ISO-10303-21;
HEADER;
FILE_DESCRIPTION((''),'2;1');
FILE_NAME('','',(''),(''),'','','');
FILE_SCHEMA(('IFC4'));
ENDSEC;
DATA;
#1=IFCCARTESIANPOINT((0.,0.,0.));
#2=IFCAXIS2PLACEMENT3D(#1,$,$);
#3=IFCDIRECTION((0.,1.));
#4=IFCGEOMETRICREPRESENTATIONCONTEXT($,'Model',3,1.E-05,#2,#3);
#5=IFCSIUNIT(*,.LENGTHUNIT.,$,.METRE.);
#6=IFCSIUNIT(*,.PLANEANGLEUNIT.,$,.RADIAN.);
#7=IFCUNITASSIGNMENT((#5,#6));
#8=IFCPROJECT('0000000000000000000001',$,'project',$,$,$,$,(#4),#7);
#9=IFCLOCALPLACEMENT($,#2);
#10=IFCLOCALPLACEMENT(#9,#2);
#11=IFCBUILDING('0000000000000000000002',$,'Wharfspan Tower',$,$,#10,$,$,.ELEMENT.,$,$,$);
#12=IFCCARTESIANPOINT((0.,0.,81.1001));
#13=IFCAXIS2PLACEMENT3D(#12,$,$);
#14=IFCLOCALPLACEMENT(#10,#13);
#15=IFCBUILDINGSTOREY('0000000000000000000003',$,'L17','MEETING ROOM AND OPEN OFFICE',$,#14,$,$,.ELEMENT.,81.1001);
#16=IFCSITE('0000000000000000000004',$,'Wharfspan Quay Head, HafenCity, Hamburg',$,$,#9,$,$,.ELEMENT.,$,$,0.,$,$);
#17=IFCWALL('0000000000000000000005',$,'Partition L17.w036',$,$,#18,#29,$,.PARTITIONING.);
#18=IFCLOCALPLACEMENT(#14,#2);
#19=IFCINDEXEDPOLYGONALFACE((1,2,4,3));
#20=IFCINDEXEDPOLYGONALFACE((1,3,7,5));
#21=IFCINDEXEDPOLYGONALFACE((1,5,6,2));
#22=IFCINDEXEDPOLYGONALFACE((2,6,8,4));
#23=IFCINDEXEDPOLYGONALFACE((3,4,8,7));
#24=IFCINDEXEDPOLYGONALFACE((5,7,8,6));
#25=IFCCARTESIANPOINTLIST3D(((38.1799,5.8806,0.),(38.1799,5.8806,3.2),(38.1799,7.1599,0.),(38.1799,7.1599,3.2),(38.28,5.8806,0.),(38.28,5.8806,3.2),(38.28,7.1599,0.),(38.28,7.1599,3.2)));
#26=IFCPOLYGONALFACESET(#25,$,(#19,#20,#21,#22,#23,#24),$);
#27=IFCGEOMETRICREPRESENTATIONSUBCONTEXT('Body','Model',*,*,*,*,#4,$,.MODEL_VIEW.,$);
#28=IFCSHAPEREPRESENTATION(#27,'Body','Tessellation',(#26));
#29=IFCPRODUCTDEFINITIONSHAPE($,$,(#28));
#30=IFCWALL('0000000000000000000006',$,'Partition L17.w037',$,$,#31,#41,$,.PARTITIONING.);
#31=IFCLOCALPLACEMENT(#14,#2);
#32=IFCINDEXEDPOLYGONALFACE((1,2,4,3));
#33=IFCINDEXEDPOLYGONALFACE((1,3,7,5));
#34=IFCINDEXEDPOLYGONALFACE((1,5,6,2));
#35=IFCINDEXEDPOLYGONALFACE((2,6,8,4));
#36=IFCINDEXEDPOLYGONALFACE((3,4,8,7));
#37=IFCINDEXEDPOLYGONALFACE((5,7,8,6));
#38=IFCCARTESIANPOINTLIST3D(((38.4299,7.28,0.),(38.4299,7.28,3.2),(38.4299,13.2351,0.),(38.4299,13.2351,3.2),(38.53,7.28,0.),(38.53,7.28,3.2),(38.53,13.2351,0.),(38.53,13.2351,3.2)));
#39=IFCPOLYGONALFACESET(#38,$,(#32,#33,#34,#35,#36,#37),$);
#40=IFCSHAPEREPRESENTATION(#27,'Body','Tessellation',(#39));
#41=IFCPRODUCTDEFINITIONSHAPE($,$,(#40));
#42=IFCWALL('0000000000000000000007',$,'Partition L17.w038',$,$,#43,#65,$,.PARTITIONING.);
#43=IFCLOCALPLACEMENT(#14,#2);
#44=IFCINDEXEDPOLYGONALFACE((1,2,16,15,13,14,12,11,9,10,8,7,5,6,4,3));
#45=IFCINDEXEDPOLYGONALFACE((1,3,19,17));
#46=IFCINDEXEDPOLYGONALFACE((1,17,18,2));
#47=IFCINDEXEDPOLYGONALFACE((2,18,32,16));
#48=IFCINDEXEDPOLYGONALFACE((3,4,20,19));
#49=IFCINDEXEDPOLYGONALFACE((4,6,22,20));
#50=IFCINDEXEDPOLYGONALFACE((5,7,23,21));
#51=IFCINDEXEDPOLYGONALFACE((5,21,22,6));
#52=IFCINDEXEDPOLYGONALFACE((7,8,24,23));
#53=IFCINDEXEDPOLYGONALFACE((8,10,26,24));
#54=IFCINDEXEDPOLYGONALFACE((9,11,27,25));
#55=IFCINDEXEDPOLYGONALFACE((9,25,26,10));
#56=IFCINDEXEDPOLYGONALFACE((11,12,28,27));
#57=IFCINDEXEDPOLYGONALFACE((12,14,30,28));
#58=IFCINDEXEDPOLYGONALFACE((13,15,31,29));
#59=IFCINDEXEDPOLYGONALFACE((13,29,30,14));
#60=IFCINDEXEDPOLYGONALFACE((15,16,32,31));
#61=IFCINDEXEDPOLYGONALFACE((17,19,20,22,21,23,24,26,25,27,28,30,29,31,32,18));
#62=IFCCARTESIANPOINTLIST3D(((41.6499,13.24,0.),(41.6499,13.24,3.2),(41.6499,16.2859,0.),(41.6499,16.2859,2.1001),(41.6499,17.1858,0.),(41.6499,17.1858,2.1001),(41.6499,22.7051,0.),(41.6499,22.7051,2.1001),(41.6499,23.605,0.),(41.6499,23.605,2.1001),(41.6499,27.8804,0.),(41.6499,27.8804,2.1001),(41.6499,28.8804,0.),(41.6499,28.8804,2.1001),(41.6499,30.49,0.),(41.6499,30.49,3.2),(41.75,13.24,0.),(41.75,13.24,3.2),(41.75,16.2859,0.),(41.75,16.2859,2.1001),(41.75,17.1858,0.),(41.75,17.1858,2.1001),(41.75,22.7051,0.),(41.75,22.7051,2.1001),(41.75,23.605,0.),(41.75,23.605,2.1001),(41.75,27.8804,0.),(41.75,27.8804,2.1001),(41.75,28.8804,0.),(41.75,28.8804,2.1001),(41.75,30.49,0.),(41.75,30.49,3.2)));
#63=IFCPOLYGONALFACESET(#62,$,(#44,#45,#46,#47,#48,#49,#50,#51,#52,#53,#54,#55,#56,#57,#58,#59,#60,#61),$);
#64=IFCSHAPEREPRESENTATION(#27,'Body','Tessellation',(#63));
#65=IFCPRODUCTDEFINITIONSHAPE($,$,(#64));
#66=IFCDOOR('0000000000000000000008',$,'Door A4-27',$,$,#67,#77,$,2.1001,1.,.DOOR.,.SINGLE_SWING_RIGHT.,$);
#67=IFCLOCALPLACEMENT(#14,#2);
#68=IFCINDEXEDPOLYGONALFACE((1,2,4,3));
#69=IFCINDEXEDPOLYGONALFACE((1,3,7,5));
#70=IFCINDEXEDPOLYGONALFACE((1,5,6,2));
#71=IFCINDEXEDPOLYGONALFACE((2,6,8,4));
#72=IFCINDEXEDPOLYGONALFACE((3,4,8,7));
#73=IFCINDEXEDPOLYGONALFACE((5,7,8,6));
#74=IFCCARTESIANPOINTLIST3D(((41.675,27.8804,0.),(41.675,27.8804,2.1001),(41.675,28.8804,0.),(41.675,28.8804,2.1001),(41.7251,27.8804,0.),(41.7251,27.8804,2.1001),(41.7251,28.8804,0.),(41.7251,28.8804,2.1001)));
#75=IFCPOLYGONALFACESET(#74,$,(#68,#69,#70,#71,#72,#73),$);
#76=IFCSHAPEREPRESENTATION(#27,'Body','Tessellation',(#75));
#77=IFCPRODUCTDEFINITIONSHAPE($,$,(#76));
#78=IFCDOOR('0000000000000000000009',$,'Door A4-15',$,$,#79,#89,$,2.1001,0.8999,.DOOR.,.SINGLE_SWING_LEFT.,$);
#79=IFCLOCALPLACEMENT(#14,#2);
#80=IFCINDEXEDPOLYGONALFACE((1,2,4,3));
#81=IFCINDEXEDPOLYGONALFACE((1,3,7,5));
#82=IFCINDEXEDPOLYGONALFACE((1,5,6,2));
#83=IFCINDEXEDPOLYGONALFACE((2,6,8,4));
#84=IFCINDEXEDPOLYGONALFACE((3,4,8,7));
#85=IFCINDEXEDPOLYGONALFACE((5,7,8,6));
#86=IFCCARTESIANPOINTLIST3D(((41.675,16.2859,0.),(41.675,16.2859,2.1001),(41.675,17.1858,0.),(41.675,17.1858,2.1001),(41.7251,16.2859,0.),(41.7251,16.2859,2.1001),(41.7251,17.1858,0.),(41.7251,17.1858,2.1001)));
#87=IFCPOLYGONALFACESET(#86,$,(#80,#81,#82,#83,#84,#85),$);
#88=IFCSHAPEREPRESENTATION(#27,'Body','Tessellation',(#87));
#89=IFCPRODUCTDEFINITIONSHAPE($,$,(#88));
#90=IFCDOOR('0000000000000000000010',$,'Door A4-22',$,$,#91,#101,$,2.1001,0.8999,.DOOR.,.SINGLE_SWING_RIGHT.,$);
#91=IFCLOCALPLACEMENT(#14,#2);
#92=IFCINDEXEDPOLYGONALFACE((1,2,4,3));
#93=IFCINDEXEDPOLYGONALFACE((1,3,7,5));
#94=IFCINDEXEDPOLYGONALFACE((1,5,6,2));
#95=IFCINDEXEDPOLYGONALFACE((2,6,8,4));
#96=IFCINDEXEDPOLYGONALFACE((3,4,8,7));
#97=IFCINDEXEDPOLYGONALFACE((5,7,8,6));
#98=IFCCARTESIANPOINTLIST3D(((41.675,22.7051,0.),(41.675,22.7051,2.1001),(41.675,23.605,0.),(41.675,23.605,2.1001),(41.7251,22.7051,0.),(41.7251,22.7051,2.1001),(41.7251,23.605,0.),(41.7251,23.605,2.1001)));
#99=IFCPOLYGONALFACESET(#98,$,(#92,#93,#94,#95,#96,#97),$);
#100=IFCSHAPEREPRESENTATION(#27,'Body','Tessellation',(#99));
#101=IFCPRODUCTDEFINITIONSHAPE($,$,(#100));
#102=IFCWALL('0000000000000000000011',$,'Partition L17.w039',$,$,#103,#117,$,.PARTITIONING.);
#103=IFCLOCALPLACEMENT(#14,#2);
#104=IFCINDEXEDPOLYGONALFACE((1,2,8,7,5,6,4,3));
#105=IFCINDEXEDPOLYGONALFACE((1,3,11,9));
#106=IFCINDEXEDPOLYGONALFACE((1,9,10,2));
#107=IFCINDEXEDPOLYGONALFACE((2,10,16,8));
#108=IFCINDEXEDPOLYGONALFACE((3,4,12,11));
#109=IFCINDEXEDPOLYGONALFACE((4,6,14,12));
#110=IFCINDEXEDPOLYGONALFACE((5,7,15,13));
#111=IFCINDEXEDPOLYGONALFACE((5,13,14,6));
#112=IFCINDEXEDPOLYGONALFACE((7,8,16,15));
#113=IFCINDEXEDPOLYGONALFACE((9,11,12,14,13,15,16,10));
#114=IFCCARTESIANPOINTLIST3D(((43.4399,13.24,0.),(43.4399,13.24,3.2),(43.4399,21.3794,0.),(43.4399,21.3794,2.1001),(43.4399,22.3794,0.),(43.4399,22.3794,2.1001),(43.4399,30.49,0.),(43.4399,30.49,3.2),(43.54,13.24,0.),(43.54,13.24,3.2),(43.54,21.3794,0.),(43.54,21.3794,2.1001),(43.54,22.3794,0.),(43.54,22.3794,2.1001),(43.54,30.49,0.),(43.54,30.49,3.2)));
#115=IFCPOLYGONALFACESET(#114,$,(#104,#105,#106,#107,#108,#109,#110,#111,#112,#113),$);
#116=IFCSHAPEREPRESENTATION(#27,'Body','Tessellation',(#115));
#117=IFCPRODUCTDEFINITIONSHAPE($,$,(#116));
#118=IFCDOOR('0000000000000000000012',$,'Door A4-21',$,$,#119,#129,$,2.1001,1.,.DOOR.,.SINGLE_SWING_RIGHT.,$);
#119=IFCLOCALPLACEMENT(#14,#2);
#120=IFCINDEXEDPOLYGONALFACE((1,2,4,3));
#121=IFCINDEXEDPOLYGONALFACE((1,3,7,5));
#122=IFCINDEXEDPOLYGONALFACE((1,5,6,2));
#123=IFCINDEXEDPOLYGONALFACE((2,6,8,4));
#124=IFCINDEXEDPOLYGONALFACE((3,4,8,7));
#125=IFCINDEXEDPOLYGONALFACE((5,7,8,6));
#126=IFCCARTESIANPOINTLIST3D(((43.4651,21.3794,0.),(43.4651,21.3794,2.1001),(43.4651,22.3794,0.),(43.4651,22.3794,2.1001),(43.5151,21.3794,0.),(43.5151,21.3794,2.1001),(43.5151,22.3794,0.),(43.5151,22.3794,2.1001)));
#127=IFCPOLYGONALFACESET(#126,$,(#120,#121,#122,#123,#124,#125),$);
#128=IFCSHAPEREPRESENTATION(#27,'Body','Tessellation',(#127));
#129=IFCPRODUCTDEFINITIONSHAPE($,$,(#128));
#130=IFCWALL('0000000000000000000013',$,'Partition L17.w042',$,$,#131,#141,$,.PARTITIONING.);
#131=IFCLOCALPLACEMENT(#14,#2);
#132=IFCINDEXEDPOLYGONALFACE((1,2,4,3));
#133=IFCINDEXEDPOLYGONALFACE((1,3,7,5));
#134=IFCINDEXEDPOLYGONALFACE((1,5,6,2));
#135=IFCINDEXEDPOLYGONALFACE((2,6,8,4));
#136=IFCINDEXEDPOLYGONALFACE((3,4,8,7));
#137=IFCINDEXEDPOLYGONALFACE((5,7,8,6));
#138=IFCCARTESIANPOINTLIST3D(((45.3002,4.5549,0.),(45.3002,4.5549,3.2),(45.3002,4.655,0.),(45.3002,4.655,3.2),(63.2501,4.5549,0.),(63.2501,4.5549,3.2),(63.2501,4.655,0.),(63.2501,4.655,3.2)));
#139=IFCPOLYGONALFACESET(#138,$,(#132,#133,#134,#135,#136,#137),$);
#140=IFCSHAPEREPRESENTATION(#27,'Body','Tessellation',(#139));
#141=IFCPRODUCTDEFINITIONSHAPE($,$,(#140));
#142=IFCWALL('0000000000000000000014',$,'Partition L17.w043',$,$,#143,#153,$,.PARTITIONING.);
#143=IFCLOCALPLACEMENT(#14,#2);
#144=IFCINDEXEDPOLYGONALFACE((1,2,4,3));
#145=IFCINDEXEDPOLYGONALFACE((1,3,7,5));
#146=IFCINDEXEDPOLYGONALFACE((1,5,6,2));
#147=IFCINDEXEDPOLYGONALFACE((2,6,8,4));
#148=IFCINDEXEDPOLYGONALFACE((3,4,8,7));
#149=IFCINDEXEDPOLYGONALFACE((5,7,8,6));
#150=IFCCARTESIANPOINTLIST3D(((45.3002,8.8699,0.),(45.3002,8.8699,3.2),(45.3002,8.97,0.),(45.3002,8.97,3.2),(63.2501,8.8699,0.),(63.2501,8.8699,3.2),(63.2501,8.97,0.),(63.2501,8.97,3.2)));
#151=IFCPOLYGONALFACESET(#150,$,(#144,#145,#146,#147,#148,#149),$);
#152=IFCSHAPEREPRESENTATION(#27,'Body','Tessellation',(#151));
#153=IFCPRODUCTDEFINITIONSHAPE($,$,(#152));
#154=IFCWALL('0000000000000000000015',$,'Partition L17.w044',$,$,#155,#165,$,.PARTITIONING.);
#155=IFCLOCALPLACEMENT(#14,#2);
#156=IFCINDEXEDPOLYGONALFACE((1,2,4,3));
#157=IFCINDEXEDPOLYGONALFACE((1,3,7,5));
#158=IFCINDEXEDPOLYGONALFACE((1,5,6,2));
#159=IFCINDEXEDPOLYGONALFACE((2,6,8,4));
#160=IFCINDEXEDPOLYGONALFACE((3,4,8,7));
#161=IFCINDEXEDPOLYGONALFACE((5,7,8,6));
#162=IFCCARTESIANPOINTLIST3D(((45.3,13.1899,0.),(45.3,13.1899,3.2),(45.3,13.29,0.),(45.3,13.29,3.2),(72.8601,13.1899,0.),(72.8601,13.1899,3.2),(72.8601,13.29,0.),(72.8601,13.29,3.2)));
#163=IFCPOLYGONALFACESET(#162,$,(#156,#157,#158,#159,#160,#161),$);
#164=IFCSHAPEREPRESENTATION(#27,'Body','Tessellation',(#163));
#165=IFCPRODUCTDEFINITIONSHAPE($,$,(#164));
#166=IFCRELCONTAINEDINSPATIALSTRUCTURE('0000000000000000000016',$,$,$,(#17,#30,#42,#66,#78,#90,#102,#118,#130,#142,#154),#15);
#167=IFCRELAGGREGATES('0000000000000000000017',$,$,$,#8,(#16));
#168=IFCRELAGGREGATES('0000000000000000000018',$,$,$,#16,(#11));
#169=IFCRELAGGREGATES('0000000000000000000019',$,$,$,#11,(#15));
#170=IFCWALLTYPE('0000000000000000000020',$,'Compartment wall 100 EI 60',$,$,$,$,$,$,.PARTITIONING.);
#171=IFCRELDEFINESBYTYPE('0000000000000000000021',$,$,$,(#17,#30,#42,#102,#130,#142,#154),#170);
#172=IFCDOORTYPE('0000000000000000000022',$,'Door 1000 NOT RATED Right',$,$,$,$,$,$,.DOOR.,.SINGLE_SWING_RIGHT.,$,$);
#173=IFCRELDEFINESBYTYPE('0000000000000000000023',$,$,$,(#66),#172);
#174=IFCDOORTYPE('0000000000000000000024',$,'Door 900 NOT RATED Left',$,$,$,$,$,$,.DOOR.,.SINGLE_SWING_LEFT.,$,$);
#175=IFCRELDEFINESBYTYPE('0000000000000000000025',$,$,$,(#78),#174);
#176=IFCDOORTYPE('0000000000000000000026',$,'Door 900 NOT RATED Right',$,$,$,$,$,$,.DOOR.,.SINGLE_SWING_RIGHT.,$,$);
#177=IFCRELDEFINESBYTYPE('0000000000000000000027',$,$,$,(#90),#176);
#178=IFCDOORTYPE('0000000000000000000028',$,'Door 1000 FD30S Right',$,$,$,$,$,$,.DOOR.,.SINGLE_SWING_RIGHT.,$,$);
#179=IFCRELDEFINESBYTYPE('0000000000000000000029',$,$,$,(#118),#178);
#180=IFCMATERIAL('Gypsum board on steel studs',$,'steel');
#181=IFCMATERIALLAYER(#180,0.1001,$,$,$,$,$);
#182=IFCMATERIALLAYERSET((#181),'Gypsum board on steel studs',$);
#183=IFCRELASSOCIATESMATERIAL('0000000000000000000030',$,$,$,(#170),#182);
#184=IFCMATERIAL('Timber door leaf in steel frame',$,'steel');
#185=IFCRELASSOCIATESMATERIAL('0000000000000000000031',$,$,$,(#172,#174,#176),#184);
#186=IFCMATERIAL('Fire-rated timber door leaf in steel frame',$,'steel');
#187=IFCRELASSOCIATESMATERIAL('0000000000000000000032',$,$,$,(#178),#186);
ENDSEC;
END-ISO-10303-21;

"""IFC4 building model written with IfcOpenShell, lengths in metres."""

from ifc_helpers import new_model, si_unit, direction, frame, frame_2d, origin, place, context, subcontext, project, spatial, rectangle, extrude, material, layer, layer_set, type_object, element, fill, save


model = new_model("IFC4")

# Units and contexts
model_context = context("Model", 3, precision=1e-05, world=origin(), true_north=direction((0.0, 1.0)))
body_context = subcontext(model_context, "Body", "Model", "MODEL_VIEW")
ifc_project = project(units=[si_unit("LENGTHUNIT", "METRE"), si_unit("PLANEANGLEUNIT", "RADIAN")], contexts=[model_context])

# Site, building, storey
site_placement = place(None, origin())
site = spatial("IfcSite", under=ifc_project, at=site_placement, Name="Wharfspan Quay Head, HafenCity, Hamburg", CompositionType="ELEMENT", RefElevation=0.0)
building_placement = place(site_placement, origin())
building = spatial("IfcBuilding", under=site, at=building_placement, Name="Wharfspan Tower", CompositionType="ELEMENT")
storey_placement = place(building_placement, frame((0.0, 0.0, 81.1001)))
storey = spatial("IfcBuildingStorey", under=building, at=storey_placement, Name="L17", Description="MEETING ROOM AND OPEN OFFICE", CompositionType="ELEMENT", Elevation=81.1001)

# Walls
ifc_material_1 = material(Name="Gypsum board on steel studs", Category="steel")
ifc_layer = layer(ifc_material_1, 0.1001)
ifc_layer_set = layer_set([ifc_layer], Name="Gypsum board on steel studs")
wall_type = type_object("IfcWallType", Name="Compartment wall 100 EI 60", PredefinedType="PARTITIONING", material=ifc_layer_set)
wall_1_placement = place(storey_placement, frame((38.23, 5.8806, 0.0), z_axis=(0.0, 0.0, 1.0), x_axis=(0.0, 1.0, 0.0)))
element("IfcWall", 1, at=wall_1_placement, inside=storey, type_object=wall_type, Name="Partition L17.w036", PredefinedType="PARTITIONING", context=body_context, shape_type="SweptSolid", body=[
    extrude(rectangle(XDim=1.2793, YDim=0.1001, at=frame_2d((0.6396, 0.0))), origin(), (0.0, 0.0, 1.0), 3.2),
])
wall_2_placement = place(storey_placement, frame((38.48, 7.28, 0.0), z_axis=(0.0, 0.0, 1.0), x_axis=(0.0, 1.0, 0.0)))
element("IfcWall", 2, at=wall_2_placement, inside=storey, type_object=wall_type, Name="Partition L17.w037", PredefinedType="PARTITIONING", context=body_context, shape_type="SweptSolid", body=[
    extrude(rectangle(XDim=5.9551, YDim=0.1001, at=frame_2d((2.9775, 0.0))), origin(), (0.0, 0.0, 1.0), 3.2),
])

# Wall, openings, doors
wall_3_placement = place(storey_placement, frame((41.7, 13.24, 0.0), z_axis=(0.0, 0.0, 1.0), x_axis=(0.0, 1.0, 0.0)))
wall_3 = element("IfcWall", 3, at=wall_3_placement, inside=storey, type_object=wall_type, Name="Partition L17.w038", PredefinedType="PARTITIONING", context=body_context, shape_type="SweptSolid", body=[
    extrude(rectangle(XDim=17.25, YDim=0.1001, at=frame_2d((8.625, 0.0))), origin(), (0.0, 0.0, 1.0), 3.2),
])
opening_1_placement = place(wall_3_placement, frame((3.0459, 0.0, 0.0)))
opening_1 = element("IfcOpeningElement", 4, at=opening_1_placement, cuts=wall_3, PredefinedType="OPENING", context=body_context, shape_type="SweptSolid", body=[
    extrude(rectangle(XDim=0.8999, YDim=2.1001, at=frame_2d((0.45, 1.05))), frame((0.0, 0.0601, 0.0), z_axis=(0.0, -1.0, 0.0), x_axis=(1.0, 0.0, 0.0)), (0.0, 0.0, 1.0), 0.1201),
])
opening_2_placement = place(wall_3_placement, frame((9.4651, 0.0, 0.0)))
opening_2 = element("IfcOpeningElement", 5, at=opening_2_placement, cuts=wall_3, PredefinedType="OPENING", context=body_context, shape_type="SweptSolid", body=[
    extrude(rectangle(XDim=0.8999, YDim=2.1001, at=frame_2d((0.45, 1.05))), frame((0.0, 0.0601, 0.0), z_axis=(0.0, -1.0, 0.0), x_axis=(1.0, 0.0, 0.0)), (0.0, 0.0, 1.0), 0.1201),
])
opening_3_placement = place(wall_3_placement, frame((14.6404, 0.0, 0.0)))
opening_3 = element("IfcOpeningElement", 6, at=opening_3_placement, cuts=wall_3, PredefinedType="OPENING", context=body_context, shape_type="SweptSolid", body=[
    extrude(rectangle(XDim=1.0, YDim=2.1001, at=frame_2d((0.5, 1.05))), frame((0.0, 0.0601, 0.0), z_axis=(0.0, -1.0, 0.0), x_axis=(1.0, 0.0, 0.0)), (0.0, 0.0, 1.0), 0.1201),
])
ifc_material_2 = material(Name="Timber door leaf in steel frame", Category="steel")
door_type_1 = type_object("IfcDoorType", Name="Door 1000 NOT RATED Right", OperationType="SINGLE_SWING_RIGHT", PredefinedType="DOOR", material=ifc_material_2)
door_1_placement = place(opening_3_placement, origin())
door_1 = element("IfcDoor", 7, at=door_1_placement, inside=storey, type_object=door_type_1, Name="Door A4-27", OperationType="SINGLE_SWING_RIGHT", OverallHeight=2.1001, OverallWidth=1.0, PredefinedType="DOOR", context=body_context, shape_type="SweptSolid", body=[
    extrude(rectangle(XDim=1.0, YDim=2.1001, at=frame_2d((0.5, 1.05))), frame((0.0, 0.0249, 0.0), z_axis=(0.0, -1.0, 0.0), x_axis=(1.0, 0.0, 0.0)), (0.0, 0.0, 1.0), 0.05),
])
fill(opening_3, door_1)
door_type_2 = type_object("IfcDoorType", Name="Door 900 NOT RATED Left", OperationType="SINGLE_SWING_LEFT", PredefinedType="DOOR", material=ifc_material_2)
door_2_placement = place(opening_1_placement, origin())
door_2 = element("IfcDoor", 8, at=door_2_placement, inside=storey, type_object=door_type_2, Name="Door A4-15", OperationType="SINGLE_SWING_LEFT", OverallHeight=2.1001, OverallWidth=0.8999, PredefinedType="DOOR", context=body_context, shape_type="SweptSolid", body=[
    extrude(rectangle(XDim=0.8999, YDim=2.1001, at=frame_2d((0.45, 1.05))), frame((0.0, 0.0249, 0.0), z_axis=(0.0, -1.0, 0.0), x_axis=(1.0, 0.0, 0.0)), (0.0, 0.0, 1.0), 0.05),
])
fill(opening_1, door_2)
door_type_3 = type_object("IfcDoorType", Name="Door 900 NOT RATED Right", OperationType="SINGLE_SWING_RIGHT", PredefinedType="DOOR", material=ifc_material_2)
door_3_placement = place(opening_2_placement, origin())
door_3 = element("IfcDoor", 9, at=door_3_placement, inside=storey, type_object=door_type_3, Name="Door A4-22", OperationType="SINGLE_SWING_RIGHT", OverallHeight=2.1001, OverallWidth=0.8999, PredefinedType="DOOR", context=body_context, shape_type="SweptSolid", body=[
    extrude(rectangle(XDim=0.8999, YDim=2.1001, at=frame_2d((0.45, 1.05))), frame((0.0, 0.0249, 0.0), z_axis=(0.0, -1.0, 0.0), x_axis=(1.0, 0.0, 0.0)), (0.0, 0.0, 1.0), 0.05),
])
fill(opening_2, door_3)

# Wall, opening, door
wall_4_placement = place(storey_placement, frame((43.49, 13.24, 0.0), z_axis=(0.0, 0.0, 1.0), x_axis=(0.0, 1.0, 0.0)))
wall_4 = element("IfcWall", 10, at=wall_4_placement, inside=storey, type_object=wall_type, Name="Partition L17.w039", PredefinedType="PARTITIONING", context=body_context, shape_type="SweptSolid", body=[
    extrude(rectangle(XDim=17.25, YDim=0.1001, at=frame_2d((8.625, 0.0))), origin(), (0.0, 0.0, 1.0), 3.2),
])
opening_4_placement = place(wall_4_placement, frame((8.1394, 0.0, 0.0)))
opening_4 = element("IfcOpeningElement", 11, at=opening_4_placement, cuts=wall_4, PredefinedType="OPENING", context=body_context, shape_type="SweptSolid", body=[
    extrude(rectangle(XDim=1.0, YDim=2.1001, at=frame_2d((0.5, 1.05))), frame((0.0, 0.0601, 0.0), z_axis=(0.0, -1.0, 0.0), x_axis=(1.0, 0.0, 0.0)), (0.0, 0.0, 1.0), 0.1201),
])
ifc_material_3 = material(Name="Fire-rated timber door leaf in steel frame", Category="steel")
door_type_4 = type_object("IfcDoorType", Name="Door 1000 FD30S Right", OperationType="SINGLE_SWING_RIGHT", PredefinedType="DOOR", material=ifc_material_3)
door_4_placement = place(opening_4_placement, origin())
door_4 = element("IfcDoor", 12, at=door_4_placement, inside=storey, type_object=door_type_4, Name="Door A4-21", OperationType="SINGLE_SWING_RIGHT", OverallHeight=2.1001, OverallWidth=1.0, PredefinedType="DOOR", context=body_context, shape_type="SweptSolid", body=[
    extrude(rectangle(XDim=1.0, YDim=2.1001, at=frame_2d((0.5, 1.05))), frame((0.0, 0.0249, 0.0), z_axis=(0.0, -1.0, 0.0), x_axis=(1.0, 0.0, 0.0)), (0.0, 0.0, 1.0), 0.05),
])
fill(opening_4, door_4)

# Walls
for number, where, z_axis, x_axis, name in (
    (13, (45.3, 4.605, 0.0), (0.0, 0.0, 1.0), (1.0, 0.0, 0.0), "Partition L17.w042"),
    (14, (45.3, 8.9199, 0.0), (0.0, 0.0, 1.0), (1.0, 0.0, 0.0), "Partition L17.w043"),
):
    element("IfcWall", number, at=place(storey_placement, frame(where, z_axis=z_axis, x_axis=x_axis)), inside=storey, type_object=wall_type, Name=name, PredefinedType="PARTITIONING", context=body_context, shape_type="SweptSolid", body=[
        extrude(rectangle(XDim=17.95, YDim=0.1001, at=frame_2d((8.9751, 0.0))), origin(), (0.0, 0.0, 1.0), 3.2),
    ])
wall_5_placement = place(storey_placement, frame((45.3, 13.24, 0.0), z_axis=(0.0, 0.0, 1.0), x_axis=(1.0, 0.0, 0.0)))
element("IfcWall", 15, at=wall_5_placement, inside=storey, type_object=wall_type, Name="Partition L17.w044", PredefinedType="PARTITIONING", context=body_context, shape_type="SweptSolid", body=[
    extrude(rectangle(XDim=27.5601, YDim=0.1001, at=frame_2d((13.78, 0.0))), origin(), (0.0, 0.0, 1.0), 3.2),
])

save(model, "model.ifc")
